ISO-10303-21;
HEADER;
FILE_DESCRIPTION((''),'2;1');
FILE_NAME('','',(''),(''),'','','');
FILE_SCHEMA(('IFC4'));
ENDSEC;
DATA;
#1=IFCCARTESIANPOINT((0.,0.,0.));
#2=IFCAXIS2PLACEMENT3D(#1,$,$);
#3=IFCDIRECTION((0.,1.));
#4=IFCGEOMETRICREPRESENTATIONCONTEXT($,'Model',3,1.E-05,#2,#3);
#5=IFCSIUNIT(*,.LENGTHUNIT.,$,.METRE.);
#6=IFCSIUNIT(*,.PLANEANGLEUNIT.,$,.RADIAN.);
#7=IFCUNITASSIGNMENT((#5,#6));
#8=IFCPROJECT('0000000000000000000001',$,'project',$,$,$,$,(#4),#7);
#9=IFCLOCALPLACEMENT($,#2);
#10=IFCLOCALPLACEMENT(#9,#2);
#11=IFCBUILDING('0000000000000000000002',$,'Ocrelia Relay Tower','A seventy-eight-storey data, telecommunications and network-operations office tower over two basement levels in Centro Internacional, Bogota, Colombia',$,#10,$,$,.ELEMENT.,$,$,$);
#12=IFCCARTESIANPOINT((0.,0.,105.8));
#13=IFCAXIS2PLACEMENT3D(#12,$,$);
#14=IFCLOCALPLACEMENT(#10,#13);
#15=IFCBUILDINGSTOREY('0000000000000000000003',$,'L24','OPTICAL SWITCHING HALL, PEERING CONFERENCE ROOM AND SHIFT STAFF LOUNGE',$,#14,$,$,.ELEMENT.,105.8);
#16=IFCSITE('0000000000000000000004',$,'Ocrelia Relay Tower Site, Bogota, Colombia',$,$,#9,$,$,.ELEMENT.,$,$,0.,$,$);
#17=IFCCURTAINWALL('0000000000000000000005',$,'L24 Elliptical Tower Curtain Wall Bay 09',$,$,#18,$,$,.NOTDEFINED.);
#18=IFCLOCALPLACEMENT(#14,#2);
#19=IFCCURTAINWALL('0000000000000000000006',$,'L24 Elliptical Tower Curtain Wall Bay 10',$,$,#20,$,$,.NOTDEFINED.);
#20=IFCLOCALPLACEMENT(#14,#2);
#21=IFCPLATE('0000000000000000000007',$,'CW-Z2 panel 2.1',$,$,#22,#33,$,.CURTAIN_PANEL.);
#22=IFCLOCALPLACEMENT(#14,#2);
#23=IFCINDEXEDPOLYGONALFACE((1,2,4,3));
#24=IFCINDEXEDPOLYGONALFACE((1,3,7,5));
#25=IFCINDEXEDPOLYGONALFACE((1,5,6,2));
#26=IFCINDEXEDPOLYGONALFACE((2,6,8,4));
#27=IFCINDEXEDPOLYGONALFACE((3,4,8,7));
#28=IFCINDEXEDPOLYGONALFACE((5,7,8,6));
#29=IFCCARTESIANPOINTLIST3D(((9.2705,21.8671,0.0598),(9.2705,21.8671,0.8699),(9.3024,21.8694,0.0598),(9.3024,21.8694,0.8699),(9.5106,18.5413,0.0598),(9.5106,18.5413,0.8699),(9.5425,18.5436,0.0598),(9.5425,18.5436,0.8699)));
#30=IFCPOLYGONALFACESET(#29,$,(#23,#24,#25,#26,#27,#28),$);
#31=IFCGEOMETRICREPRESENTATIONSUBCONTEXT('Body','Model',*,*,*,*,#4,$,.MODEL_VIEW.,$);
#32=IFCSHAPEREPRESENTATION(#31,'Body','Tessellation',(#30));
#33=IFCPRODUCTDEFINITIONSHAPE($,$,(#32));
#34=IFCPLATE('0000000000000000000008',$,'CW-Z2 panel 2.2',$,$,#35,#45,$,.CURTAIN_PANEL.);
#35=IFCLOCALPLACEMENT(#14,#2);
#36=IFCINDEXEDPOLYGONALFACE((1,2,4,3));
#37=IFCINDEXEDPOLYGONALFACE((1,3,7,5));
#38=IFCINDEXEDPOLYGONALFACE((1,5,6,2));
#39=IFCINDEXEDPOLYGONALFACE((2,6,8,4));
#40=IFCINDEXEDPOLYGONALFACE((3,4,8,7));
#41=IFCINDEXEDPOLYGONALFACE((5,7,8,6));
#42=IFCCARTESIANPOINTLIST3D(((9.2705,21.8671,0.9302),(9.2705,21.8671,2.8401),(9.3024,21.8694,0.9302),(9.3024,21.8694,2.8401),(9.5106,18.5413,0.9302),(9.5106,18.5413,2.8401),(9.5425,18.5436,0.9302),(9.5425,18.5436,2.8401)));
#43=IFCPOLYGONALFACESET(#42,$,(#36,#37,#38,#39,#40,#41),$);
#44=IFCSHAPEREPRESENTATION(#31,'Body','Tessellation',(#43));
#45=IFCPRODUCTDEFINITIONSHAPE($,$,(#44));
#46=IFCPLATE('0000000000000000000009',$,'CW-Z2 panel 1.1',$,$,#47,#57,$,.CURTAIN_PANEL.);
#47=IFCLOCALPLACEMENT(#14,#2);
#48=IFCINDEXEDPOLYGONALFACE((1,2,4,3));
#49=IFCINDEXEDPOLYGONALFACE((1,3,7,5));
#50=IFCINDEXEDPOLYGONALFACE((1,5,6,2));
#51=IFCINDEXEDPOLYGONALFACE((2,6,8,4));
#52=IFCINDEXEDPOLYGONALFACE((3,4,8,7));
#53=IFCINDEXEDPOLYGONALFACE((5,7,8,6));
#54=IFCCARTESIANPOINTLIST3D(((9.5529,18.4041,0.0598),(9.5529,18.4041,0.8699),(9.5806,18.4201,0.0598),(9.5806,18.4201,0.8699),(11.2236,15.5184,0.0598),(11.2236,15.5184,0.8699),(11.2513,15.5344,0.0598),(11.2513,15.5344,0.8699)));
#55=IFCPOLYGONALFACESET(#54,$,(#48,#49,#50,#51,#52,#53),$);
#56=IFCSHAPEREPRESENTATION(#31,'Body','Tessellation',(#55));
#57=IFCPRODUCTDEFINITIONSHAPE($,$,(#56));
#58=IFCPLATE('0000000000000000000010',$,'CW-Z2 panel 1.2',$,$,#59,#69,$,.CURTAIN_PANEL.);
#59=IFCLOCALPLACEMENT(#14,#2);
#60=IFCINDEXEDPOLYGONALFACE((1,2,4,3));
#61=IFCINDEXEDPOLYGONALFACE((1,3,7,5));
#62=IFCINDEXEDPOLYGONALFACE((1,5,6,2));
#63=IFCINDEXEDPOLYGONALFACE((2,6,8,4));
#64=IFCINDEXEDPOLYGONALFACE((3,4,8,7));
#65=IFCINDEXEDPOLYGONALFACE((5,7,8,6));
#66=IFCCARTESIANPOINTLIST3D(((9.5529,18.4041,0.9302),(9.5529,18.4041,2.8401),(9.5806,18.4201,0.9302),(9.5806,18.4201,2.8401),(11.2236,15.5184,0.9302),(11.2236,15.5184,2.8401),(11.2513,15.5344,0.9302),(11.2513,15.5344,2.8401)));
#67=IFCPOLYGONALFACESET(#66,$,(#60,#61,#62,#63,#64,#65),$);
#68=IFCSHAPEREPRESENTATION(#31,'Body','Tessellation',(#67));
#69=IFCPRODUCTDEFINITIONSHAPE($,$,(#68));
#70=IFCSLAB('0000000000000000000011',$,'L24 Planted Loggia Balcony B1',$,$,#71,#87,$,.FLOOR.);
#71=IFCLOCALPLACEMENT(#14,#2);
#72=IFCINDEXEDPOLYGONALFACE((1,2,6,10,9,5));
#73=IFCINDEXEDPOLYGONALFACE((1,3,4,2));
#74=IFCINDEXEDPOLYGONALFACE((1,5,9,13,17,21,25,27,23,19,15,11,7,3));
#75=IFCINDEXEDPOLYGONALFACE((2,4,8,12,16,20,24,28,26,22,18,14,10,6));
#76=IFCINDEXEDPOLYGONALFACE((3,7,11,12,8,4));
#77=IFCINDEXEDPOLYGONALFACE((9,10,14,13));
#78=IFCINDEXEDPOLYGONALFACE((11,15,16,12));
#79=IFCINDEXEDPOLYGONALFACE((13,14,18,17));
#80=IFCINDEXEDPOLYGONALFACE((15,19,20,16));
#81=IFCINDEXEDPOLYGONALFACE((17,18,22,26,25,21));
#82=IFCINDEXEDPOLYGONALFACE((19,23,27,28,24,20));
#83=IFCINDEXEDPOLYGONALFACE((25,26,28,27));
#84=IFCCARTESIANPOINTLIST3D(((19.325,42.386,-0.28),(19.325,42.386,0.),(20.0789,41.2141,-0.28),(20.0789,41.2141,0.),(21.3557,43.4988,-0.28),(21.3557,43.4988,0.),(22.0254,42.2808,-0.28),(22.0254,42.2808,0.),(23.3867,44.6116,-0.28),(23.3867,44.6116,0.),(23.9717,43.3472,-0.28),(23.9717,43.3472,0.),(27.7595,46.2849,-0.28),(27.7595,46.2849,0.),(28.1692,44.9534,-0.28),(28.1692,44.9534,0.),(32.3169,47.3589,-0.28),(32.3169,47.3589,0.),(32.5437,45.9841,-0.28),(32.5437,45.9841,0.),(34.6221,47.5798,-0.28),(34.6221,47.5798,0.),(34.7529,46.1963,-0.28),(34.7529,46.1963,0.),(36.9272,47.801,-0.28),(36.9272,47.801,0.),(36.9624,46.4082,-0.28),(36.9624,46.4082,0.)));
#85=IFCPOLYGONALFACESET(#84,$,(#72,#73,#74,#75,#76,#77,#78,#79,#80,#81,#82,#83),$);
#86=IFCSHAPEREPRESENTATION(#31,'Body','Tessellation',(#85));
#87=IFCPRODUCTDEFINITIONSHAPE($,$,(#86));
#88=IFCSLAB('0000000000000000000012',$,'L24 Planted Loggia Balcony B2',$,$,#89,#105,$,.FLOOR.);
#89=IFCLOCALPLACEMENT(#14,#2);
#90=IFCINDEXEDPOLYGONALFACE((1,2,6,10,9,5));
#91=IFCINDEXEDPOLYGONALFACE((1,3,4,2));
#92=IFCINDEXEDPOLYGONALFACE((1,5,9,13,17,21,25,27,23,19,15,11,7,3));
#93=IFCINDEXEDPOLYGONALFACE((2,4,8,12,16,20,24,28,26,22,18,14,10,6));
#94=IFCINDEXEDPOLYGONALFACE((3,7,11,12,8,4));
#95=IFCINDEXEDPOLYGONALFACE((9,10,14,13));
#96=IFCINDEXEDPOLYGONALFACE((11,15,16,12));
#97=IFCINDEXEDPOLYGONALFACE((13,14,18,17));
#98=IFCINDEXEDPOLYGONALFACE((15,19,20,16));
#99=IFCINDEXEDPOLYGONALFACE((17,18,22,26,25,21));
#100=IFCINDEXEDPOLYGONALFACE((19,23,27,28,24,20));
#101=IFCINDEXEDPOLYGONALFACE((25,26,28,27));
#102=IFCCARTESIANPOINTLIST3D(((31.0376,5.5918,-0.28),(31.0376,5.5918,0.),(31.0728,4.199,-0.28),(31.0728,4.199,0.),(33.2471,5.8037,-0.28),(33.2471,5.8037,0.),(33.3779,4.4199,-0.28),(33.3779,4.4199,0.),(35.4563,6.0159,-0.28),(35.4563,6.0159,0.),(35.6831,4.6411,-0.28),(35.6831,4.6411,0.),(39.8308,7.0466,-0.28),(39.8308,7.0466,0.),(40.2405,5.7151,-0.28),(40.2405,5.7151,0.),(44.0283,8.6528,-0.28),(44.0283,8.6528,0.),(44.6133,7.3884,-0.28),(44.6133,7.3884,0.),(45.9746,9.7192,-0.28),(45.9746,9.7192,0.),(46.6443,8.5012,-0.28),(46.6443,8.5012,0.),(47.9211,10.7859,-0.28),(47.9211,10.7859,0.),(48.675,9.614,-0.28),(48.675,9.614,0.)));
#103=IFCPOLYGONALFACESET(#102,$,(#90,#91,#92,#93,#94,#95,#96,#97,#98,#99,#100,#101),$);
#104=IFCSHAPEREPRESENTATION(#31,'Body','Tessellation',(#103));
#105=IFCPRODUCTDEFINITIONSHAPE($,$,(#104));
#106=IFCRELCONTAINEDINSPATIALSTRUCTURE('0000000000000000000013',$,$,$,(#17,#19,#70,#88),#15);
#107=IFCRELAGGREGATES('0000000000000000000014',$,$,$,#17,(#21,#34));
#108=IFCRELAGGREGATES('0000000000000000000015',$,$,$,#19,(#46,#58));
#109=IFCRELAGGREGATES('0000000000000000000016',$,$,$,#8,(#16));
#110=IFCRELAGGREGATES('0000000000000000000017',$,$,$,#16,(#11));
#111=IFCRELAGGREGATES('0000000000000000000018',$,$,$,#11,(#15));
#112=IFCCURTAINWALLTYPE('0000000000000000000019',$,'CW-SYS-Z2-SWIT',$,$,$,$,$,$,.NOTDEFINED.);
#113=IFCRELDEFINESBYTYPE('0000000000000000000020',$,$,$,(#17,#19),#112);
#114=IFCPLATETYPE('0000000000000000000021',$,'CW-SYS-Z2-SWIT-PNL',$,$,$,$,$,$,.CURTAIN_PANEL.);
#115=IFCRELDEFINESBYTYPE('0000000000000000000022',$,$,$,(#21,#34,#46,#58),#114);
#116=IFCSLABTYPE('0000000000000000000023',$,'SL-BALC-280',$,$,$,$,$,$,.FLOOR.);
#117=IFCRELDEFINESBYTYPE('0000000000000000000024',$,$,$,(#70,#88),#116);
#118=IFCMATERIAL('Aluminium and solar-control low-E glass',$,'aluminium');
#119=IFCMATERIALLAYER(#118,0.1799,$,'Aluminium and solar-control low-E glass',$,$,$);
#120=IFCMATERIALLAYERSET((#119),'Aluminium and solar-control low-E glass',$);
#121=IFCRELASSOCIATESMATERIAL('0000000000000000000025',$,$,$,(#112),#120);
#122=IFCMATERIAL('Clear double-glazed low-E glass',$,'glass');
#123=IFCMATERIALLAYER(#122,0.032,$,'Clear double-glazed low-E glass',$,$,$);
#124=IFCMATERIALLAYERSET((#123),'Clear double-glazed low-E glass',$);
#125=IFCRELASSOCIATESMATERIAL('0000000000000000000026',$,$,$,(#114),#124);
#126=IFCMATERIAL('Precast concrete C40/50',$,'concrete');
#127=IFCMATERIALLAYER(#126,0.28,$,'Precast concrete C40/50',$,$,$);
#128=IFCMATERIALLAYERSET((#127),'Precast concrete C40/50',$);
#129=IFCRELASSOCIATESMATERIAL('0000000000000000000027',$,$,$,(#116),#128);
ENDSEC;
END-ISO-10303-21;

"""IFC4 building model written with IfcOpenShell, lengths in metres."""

from ifc_helpers import new_model, si_unit, direction, frame, origin, origin_2d, place, context, subcontext, project, spatial, polyline, rectangle, outline, extrude, material, layer, layer_set, type_object, element, aggregate, save


model = new_model("IFC4")

# Units and contexts
model_context = context("Model", 3, precision=1e-05, world=origin(), true_north=direction((0.0, 1.0)))
body_context = subcontext(model_context, "Body", "Model", "MODEL_VIEW")
ifc_project = project(units=[si_unit("LENGTHUNIT", "METRE"), si_unit("PLANEANGLEUNIT", "RADIAN")], contexts=[model_context])

# Site, building, storey
site_placement = place(None, origin())
site = spatial("IfcSite", under=ifc_project, at=site_placement, Name="Ocrelia Relay Tower Site, Bogota, Colombia", CompositionType="ELEMENT", RefElevation=0.0)
building_placement = place(site_placement, origin())
building = spatial("IfcBuilding", under=site, at=building_placement, Name="Ocrelia Relay Tower", Description="A seventy-eight-storey data, telecommunications and network-operations office tower over two basement levels in Centro Internacional, Bogota, Colombia", CompositionType="ELEMENT")
storey_placement = place(building_placement, frame((0.0, 0.0, 105.8)))
storey = spatial("IfcBuildingStorey", under=building, at=storey_placement, Name="L24", Description="OPTICAL SWITCHING HALL, PEERING CONFERENCE ROOM AND SHIFT STAFF LOUNGE", CompositionType="ELEMENT", Elevation=105.8)

# Curtain walls
ifc_material_1 = material(Name="Aluminium and solar-control low-E glass", Category="aluminium")
ifc_layer_1 = layer(ifc_material_1, 0.1799, Name="Aluminium and solar-control low-E glass")
ifc_layer_set_1 = layer_set([ifc_layer_1], Name="Aluminium and solar-control low-E glass")
curtain_wall_type = type_object("IfcCurtainWallType", Name="CW-SYS-Z2-SWIT", PredefinedType="NOTDEFINED", material=ifc_layer_set_1)
curtain_wall_1_placement = place(storey_placement, origin())
curtain_wall_1 = element("IfcCurtainWall", 1, at=curtain_wall_1_placement, inside=storey, type_object=curtain_wall_type, Name="L24 Elliptical Tower Curtain Wall Bay 09", PredefinedType="NOTDEFINED")
curtain_wall_2_placement = place(storey_placement, origin())
curtain_wall_2 = element("IfcCurtainWall", 2, at=curtain_wall_2_placement, inside=storey, type_object=curtain_wall_type, Name="L24 Elliptical Tower Curtain Wall Bay 10", PredefinedType="NOTDEFINED")

# Plates
ifc_material_2 = material(Name="Clear double-glazed low-E glass", Category="glass")
ifc_layer_2 = layer(ifc_material_2, 0.032, Name="Clear double-glazed low-E glass")
ifc_layer_set_2 = layer_set([ifc_layer_2], Name="Clear double-glazed low-E glass")
plate_type = type_object("IfcPlateType", Name="CW-SYS-Z2-SWIT-PNL", PredefinedType="CURTAIN_PANEL", material=ifc_layer_set_2)
plate_1_placement = place(storey_placement, frame((9.4065, 20.2053, 0.0598), z_axis=(0.0, 0.0, 1.0), x_axis=(0.07203, -0.997402, 0.0)))
plate_1 = element("IfcPlate", 3, at=plate_1_placement, type_object=plate_type, Name="CW-Z2 panel 2.1", PredefinedType="CURTAIN_PANEL", context=body_context, shape_type="SweptSolid", body=[
    extrude(rectangle(XDim=3.3345, YDim=0.032, at=origin_2d()), origin(), (0.0, 0.0, 1.0), 0.8101),
])
plate_2_placement = place(storey_placement, frame((9.4065, 20.2053, 0.9302), z_axis=(0.0, 0.0, 1.0), x_axis=(0.07203, -0.997402, 0.0)))
plate_2 = element("IfcPlate", 4, at=plate_2_placement, type_object=plate_type, Name="CW-Z2 panel 2.2", PredefinedType="CURTAIN_PANEL", context=body_context, shape_type="SweptSolid", body=[
    extrude(rectangle(XDim=3.3345, YDim=0.032, at=origin_2d()), origin(), (0.0, 0.0, 1.0), 1.9099),
])
aggregate(curtain_wall_1, [plate_1, plate_2])
plate_3_placement = place(storey_placement, frame((10.4021, 16.9692, 0.0598), z_axis=(0.0, 0.0, 1.0), x_axis=(0.501042, -0.865423, 0.0)))
plate_3 = element("IfcPlate", 5, at=plate_3_placement, type_object=plate_type, Name="CW-Z2 panel 1.1", PredefinedType="CURTAIN_PANEL", context=body_context, shape_type="SweptSolid", body=[
    extrude(rectangle(XDim=3.3345, YDim=0.032, at=origin_2d()), origin(), (0.0, 0.0, 1.0), 0.8101),
])
plate_4_placement = place(storey_placement, frame((10.4021, 16.9692, 0.9302), z_axis=(0.0, 0.0, 1.0), x_axis=(0.501042, -0.865423, 0.0)))
plate_4 = element("IfcPlate", 6, at=plate_4_placement, type_object=plate_type, Name="CW-Z2 panel 1.2", PredefinedType="CURTAIN_PANEL", context=body_context, shape_type="SweptSolid", body=[
    extrude(rectangle(XDim=3.3345, YDim=0.032, at=origin_2d()), origin(), (0.0, 0.0, 1.0), 1.9099),
])
aggregate(curtain_wall_2, [plate_3, plate_4])

# Slabs
ifc_material_3 = material(Name="Precast concrete C40/50", Category="concrete")
ifc_layer_3 = layer(ifc_material_3, 0.28, Name="Precast concrete C40/50")
ifc_layer_set_3 = layer_set([ifc_layer_3], Name="Precast concrete C40/50")
slab_type_1 = type_object("IfcSlabType", Name="SL-BALC-280", PredefinedType="FLOOR", material=ifc_layer_set_3)
slab_1_placement = place(storey_placement, frame((0.0, 0.0, -0.28)))
element("IfcSlab", 7, at=slab_1_placement, inside=storey, type_object=slab_type_1, Name="L24 Planted Loggia Balcony B1", PredefinedType="FLOOR", context=body_context, shape_type="SweptSolid", body=[
    extrude(outline(polyline([(36.9624, 46.4082), (34.7529, 46.1963), (32.5437, 45.9841), (28.1692, 44.9534), (23.9717, 43.3472), (22.0254, 42.2808), (20.0789, 41.2141), (19.325, 42.386), (21.3557, 43.4988), (23.3867, 44.6116), (27.7595, 46.2849), (32.3169, 47.3589), (34.6221, 47.5798), (36.9272, 47.801), (36.9624, 46.4082)])), origin(), (0.0, 0.0, 1.0), 0.28),
])
slab_2_placement = place(storey_placement, frame((0.0, 0.0, -0.28)))
element("IfcSlab", 8, at=slab_2_placement, inside=storey, type_object=slab_type_1, Name="L24 Planted Loggia Balcony B2", PredefinedType="FLOOR", context=body_context, shape_type="SweptSolid", body=[
    extrude(outline(polyline([(31.0376, 5.5918), (33.2471, 5.8037), (35.4563, 6.0159), (39.8308, 7.0466), (44.0283, 8.6528), (45.9746, 9.7192), (47.9211, 10.7859), (48.675, 9.614), (46.6443, 8.5012), (44.6133, 7.3884), (40.2405, 5.7151), (35.6831, 4.6411), (33.3779, 4.4199), (31.0728, 4.199), (31.0376, 5.5918)])), origin(), (0.0, 0.0, 1.0), 0.28),
])

save(model, "model.ifc")
